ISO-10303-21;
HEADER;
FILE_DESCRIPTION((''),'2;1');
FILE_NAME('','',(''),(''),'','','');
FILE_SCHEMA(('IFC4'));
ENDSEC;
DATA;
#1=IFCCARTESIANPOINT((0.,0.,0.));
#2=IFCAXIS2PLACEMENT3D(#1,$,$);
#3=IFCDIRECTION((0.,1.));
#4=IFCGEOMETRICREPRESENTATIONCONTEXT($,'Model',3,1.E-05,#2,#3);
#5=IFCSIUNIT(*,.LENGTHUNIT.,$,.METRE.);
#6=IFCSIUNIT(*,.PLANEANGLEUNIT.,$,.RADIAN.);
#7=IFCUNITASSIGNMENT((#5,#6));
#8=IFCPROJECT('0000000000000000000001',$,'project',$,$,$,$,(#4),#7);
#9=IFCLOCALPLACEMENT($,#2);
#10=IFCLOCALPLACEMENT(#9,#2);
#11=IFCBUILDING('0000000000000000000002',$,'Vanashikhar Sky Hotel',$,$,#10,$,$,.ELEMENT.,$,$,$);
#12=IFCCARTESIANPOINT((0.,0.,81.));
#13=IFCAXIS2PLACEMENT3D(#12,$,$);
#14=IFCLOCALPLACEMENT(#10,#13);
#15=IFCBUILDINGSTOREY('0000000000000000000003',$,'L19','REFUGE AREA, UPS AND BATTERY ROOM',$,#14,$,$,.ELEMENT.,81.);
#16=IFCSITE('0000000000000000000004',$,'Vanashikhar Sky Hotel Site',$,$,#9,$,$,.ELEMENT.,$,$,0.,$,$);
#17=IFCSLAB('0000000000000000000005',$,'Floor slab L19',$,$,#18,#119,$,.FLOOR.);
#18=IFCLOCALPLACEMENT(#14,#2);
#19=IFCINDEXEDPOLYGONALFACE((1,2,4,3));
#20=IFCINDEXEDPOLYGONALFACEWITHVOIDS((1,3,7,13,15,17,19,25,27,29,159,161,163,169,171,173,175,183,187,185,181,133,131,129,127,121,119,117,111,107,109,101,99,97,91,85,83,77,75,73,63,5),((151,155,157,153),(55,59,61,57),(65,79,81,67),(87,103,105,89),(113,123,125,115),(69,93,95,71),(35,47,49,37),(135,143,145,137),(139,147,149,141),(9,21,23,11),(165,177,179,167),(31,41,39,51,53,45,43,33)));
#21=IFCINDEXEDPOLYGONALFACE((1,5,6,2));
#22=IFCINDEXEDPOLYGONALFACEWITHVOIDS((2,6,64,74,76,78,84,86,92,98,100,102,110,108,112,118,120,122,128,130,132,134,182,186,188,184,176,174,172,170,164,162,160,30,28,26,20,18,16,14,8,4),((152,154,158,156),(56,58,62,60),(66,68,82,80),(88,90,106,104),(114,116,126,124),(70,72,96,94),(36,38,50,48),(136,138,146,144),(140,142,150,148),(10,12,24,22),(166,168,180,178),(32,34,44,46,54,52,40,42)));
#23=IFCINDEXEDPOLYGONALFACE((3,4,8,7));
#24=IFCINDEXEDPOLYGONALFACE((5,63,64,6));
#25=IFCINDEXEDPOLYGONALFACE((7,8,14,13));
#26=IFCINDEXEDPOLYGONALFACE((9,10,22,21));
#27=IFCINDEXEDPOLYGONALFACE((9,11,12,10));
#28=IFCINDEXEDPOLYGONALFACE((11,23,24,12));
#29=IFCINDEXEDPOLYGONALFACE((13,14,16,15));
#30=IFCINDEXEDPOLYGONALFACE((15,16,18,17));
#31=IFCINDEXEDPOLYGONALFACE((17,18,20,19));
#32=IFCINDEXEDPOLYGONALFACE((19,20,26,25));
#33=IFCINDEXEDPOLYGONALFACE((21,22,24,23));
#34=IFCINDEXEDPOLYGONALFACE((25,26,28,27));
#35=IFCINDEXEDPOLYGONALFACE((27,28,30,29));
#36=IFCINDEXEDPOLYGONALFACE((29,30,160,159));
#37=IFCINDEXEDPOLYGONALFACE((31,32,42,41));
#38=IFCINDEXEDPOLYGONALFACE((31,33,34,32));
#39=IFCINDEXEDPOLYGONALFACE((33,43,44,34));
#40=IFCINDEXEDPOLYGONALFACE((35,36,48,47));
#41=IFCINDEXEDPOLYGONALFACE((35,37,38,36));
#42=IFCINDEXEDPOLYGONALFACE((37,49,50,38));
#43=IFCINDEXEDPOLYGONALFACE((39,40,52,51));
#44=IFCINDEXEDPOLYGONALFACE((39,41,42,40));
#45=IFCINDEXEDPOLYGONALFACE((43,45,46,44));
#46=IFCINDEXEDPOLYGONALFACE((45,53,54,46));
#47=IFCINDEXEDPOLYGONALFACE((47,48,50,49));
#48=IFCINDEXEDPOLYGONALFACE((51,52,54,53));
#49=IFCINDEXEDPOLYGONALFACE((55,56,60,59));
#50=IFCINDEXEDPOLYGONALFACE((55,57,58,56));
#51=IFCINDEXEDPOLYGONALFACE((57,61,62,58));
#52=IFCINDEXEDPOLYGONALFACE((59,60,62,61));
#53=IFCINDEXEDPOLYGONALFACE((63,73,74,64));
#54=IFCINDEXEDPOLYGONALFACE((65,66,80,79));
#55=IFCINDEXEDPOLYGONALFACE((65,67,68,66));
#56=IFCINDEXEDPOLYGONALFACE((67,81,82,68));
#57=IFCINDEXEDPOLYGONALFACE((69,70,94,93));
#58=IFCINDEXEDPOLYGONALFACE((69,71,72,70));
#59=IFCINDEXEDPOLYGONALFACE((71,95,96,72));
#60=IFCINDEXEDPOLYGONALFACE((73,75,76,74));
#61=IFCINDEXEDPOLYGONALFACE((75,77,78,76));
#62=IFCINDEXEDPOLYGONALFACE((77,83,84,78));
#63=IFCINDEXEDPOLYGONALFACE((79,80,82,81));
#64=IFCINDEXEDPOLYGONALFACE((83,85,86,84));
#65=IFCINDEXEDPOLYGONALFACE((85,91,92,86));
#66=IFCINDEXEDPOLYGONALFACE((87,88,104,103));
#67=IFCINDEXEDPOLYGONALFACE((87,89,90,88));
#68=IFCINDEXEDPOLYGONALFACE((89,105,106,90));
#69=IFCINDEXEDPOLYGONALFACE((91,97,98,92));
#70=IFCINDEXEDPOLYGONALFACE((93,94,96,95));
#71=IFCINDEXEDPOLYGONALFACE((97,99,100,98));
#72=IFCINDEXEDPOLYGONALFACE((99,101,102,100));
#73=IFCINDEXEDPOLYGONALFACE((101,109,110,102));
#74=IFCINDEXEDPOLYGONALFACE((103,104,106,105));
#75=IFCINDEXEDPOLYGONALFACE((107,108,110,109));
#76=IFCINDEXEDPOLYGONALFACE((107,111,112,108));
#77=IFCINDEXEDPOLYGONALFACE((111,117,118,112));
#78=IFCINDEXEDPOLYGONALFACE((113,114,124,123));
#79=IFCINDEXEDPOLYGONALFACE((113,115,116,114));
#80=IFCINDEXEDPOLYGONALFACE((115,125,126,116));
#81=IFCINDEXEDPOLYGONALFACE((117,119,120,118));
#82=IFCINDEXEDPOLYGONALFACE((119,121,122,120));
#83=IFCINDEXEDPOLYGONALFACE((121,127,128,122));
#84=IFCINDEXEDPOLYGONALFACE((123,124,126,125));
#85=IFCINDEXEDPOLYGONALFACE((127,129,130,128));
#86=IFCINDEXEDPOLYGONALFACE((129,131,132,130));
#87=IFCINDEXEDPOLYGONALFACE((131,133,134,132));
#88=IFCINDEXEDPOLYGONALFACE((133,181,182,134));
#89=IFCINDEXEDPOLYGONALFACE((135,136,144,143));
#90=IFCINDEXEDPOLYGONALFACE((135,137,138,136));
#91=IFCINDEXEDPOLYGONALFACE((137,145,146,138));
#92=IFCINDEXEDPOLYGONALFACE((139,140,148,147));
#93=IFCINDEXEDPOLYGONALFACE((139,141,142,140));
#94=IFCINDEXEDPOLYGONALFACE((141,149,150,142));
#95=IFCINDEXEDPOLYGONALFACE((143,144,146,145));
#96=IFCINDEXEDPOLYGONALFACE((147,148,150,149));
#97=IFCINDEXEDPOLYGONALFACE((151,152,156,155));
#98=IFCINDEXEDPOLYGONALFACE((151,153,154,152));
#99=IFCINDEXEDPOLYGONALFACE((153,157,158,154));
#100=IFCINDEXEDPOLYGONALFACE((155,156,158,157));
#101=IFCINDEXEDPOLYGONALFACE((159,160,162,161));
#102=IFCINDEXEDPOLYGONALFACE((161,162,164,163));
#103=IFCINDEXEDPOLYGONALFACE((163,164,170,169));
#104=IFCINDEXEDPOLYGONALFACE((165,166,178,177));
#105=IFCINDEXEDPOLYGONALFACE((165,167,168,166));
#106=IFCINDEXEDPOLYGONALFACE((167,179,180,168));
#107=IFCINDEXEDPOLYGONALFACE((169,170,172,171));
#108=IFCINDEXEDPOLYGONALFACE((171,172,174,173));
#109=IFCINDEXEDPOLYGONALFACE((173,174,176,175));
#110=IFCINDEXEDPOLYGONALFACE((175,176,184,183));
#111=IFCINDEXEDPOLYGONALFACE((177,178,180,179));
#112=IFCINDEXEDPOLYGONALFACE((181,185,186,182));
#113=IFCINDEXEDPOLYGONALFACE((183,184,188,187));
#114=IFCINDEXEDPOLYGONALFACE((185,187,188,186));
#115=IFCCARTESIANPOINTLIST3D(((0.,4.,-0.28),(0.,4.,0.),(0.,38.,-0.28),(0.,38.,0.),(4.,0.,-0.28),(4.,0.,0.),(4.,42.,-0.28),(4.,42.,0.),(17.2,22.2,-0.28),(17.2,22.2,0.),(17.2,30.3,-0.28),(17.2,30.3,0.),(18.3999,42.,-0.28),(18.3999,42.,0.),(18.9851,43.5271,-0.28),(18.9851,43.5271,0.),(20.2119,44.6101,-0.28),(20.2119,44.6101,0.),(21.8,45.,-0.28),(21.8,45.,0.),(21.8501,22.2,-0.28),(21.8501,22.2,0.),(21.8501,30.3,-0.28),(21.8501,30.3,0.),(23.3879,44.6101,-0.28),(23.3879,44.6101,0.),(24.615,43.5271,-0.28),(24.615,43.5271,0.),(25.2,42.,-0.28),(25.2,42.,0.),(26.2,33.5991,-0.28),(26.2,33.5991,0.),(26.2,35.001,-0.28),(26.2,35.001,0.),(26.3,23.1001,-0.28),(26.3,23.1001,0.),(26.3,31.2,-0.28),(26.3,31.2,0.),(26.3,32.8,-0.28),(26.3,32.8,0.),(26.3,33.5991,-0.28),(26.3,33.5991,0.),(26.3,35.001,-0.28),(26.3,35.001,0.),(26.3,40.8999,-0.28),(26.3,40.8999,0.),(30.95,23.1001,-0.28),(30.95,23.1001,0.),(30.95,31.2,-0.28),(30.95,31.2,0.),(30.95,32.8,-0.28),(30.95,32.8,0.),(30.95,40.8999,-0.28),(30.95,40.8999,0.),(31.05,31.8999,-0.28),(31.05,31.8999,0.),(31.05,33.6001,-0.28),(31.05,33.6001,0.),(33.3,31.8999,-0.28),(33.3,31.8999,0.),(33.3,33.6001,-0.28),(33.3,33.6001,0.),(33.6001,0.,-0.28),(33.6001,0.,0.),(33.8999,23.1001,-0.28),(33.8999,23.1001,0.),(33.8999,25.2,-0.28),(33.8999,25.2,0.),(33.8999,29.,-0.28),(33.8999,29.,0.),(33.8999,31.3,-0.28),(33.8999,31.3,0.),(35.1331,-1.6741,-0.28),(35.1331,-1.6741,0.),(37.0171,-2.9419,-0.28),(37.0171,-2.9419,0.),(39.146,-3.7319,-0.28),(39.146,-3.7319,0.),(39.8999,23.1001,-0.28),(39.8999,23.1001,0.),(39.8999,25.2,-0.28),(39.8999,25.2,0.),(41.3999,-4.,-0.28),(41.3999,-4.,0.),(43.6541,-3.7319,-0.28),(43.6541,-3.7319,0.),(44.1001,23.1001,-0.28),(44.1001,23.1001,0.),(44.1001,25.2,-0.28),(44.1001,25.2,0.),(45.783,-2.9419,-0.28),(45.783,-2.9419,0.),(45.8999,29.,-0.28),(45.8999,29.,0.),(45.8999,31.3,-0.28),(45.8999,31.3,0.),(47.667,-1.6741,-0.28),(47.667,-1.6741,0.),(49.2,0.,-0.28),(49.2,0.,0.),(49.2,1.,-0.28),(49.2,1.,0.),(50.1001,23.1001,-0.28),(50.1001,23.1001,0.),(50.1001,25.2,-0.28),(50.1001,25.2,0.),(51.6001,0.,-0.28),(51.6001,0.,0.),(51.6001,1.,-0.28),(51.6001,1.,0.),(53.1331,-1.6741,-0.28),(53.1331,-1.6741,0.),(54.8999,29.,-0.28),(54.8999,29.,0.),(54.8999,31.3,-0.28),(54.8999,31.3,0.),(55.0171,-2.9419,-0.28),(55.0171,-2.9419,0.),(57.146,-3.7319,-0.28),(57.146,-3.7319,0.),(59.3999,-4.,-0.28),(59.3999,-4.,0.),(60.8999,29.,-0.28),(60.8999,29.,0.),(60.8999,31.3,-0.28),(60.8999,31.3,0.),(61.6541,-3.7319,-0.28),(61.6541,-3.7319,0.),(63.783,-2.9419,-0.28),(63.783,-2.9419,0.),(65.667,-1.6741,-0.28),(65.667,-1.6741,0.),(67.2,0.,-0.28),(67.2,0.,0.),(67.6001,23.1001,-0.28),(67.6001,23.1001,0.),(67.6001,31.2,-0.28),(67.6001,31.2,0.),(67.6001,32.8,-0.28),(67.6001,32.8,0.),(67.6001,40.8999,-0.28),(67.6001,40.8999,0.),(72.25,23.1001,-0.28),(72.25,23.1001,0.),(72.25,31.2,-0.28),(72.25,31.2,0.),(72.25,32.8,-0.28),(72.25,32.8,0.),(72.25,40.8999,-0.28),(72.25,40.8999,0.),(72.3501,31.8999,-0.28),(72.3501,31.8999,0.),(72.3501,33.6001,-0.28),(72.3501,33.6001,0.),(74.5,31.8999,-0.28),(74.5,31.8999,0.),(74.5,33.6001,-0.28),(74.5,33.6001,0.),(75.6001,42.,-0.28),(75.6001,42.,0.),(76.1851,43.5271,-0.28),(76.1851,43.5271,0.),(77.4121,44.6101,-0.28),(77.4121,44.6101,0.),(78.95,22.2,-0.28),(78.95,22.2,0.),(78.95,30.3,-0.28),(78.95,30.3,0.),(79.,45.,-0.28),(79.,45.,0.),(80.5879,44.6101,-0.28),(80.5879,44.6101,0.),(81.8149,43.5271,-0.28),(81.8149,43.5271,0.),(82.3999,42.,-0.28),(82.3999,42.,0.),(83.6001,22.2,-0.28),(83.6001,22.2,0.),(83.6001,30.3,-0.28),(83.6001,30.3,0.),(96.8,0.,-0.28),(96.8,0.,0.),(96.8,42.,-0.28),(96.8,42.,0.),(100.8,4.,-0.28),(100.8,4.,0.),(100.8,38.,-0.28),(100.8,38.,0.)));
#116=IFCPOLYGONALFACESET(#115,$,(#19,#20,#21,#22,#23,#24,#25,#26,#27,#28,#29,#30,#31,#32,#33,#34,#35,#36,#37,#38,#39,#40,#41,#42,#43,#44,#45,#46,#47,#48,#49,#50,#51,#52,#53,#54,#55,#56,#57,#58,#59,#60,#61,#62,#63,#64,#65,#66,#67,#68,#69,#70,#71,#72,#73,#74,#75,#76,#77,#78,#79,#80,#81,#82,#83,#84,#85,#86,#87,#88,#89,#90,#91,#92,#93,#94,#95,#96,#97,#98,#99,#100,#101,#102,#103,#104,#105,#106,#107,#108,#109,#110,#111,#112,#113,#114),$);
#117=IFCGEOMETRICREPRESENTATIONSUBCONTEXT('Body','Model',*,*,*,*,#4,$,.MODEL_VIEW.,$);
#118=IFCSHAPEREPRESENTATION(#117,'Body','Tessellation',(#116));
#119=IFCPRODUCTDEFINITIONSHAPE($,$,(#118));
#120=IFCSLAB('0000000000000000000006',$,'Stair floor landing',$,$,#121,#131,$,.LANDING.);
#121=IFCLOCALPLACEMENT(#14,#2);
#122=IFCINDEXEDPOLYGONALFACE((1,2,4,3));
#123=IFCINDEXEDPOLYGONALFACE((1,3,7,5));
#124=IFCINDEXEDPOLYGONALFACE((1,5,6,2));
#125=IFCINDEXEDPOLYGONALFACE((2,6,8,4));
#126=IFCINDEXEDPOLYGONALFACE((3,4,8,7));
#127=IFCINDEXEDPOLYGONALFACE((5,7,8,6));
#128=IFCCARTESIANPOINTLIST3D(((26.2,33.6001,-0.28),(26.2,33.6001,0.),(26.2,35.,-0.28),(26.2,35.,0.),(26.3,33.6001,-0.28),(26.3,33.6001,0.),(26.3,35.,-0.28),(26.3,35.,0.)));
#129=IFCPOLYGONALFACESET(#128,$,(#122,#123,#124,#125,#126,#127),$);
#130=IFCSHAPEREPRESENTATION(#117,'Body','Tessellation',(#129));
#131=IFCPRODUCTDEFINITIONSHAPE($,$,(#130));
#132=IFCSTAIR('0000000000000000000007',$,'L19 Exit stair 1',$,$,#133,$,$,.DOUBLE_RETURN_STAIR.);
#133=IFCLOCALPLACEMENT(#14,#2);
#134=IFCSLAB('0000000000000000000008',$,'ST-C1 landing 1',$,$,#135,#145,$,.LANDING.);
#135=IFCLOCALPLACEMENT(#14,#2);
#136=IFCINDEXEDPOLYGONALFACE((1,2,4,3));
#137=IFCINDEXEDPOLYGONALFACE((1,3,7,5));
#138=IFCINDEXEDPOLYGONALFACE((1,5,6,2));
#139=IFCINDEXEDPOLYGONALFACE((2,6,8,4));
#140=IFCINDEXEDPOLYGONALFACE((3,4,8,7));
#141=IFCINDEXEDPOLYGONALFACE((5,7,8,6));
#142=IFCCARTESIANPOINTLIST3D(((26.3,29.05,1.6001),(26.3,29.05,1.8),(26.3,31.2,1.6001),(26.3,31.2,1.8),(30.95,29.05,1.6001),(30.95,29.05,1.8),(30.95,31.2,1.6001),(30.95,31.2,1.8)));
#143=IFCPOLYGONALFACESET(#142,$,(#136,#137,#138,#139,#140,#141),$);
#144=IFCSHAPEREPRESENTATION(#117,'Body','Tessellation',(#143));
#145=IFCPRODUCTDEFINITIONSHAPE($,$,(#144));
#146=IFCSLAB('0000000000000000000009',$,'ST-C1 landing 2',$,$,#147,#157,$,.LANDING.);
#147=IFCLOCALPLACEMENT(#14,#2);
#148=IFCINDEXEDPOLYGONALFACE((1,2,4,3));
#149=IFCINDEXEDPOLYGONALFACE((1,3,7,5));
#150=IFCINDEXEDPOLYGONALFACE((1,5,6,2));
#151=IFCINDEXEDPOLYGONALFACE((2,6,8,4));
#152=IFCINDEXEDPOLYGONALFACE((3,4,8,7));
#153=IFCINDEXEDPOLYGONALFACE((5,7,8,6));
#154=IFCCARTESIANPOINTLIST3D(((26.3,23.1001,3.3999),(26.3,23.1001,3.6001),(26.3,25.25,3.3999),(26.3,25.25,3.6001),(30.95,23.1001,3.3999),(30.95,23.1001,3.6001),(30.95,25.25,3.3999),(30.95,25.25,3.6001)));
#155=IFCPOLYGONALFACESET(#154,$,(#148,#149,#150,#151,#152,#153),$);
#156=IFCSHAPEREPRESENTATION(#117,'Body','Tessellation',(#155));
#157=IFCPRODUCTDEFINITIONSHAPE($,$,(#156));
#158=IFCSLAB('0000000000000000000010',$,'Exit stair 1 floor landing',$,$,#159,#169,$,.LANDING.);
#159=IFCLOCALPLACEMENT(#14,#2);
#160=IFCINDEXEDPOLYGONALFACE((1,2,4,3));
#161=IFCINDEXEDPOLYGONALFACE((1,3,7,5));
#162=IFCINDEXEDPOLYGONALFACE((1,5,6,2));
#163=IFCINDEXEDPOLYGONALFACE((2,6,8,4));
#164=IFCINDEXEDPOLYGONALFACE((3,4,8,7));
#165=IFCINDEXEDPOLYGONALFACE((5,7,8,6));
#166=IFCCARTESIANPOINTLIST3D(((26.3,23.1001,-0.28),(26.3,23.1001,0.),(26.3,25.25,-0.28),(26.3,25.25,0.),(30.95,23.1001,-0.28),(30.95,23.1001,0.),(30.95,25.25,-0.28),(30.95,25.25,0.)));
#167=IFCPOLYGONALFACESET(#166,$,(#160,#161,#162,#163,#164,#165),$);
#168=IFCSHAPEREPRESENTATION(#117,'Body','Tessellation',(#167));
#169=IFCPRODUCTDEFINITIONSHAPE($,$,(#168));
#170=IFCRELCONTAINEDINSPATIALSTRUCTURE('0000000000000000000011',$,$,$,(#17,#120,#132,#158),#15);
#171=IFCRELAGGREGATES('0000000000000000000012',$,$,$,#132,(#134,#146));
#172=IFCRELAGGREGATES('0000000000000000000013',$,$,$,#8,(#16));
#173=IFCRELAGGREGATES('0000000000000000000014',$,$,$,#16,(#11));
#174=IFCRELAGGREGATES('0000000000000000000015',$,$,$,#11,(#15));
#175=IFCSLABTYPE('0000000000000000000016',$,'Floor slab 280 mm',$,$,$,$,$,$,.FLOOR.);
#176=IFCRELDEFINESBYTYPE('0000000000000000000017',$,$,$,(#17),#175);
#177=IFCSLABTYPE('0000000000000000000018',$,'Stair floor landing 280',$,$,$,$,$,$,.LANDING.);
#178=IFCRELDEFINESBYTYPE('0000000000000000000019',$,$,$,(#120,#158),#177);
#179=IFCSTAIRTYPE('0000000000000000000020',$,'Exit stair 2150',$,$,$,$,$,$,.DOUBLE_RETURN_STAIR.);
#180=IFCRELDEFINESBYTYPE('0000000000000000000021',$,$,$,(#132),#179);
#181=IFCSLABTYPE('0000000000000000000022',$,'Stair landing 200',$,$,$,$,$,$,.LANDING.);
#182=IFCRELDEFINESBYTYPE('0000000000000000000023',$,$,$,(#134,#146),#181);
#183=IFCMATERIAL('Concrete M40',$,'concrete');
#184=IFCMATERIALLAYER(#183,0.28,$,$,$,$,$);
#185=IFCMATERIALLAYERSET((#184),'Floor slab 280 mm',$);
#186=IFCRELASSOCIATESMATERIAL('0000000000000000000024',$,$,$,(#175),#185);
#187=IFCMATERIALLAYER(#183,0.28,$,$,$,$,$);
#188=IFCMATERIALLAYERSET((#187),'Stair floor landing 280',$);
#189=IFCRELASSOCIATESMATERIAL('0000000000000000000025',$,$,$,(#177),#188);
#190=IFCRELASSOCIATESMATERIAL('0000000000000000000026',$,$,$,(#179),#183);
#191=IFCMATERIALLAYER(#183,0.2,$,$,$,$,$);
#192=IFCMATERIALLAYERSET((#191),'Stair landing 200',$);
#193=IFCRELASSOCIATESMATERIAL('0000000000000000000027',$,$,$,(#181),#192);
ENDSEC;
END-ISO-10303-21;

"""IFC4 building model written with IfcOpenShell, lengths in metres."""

from ifc_helpers import new_model, si_unit, direction, frame, origin, place, context, subcontext, project, spatial, polyline, outline, extrude, source, transform, mapped, material, layer, layer_set, type_object, element, aggregate, save


model = new_model("IFC4")

# Units and contexts
model_context = context("Model", 3, precision=1e-05, world=origin(), true_north=direction((0.0, 1.0)))
body_context = subcontext(model_context, "Body", "Model", "MODEL_VIEW")
ifc_project = project(units=[si_unit("LENGTHUNIT", "METRE"), si_unit("PLANEANGLEUNIT", "RADIAN")], contexts=[model_context])

# Site, building, storey
site_placement = place(None, origin())
site = spatial("IfcSite", under=ifc_project, at=site_placement, Name="Vanashikhar Sky Hotel Site", CompositionType="ELEMENT", RefElevation=0.0)
building_placement = place(site_placement, origin())
building = spatial("IfcBuilding", under=site, at=building_placement, Name="Vanashikhar Sky Hotel", CompositionType="ELEMENT")
storey_placement = place(building_placement, frame((0.0, 0.0, 81.0)))
storey = spatial("IfcBuildingStorey", under=building, at=storey_placement, Name="L19", Description="REFUGE AREA, UPS AND BATTERY ROOM", CompositionType="ELEMENT", Elevation=81.0)

# Slabs
ifc_material_1 = material(Name="Concrete M40", Category="concrete")
ifc_layer_1 = layer(ifc_material_1, 0.28)
ifc_layer_set_1 = layer_set([ifc_layer_1], Name="Floor slab 280 mm")
slab_type_1 = type_object("IfcSlabType", Name="Floor slab 280 mm", PredefinedType="FLOOR", material=ifc_layer_set_1)
shared_shape_1 = source(origin(), body_context, "Body", "SweptSolid", [
    extrude(outline(polyline([(49.2, 0.0), (49.2, 1.0), (51.6001, 1.0), (51.6001, 0.0), (53.1331, -1.6741), (55.0171, -2.9419), (57.146, -3.7319), (59.3999, -4.0), (61.6541, -3.7319), (63.783, -2.9419), (65.667, -1.6741), (67.2, 0.0), (96.8, 0.0), (100.8, 4.0), (100.8, 38.0), (96.8, 42.0), (82.3999, 42.0), (81.8149, 43.5271), (80.5879, 44.6101), (79.0, 45.0), (77.4121, 44.6101), (76.1851, 43.5271), (75.6001, 42.0), (25.2, 42.0), (24.615, 43.5271), (23.3879, 44.6101), (21.8, 45.0), (20.2119, 44.6101), (18.9851, 43.5271), (18.3999, 42.0), (4.0, 42.0), (0.0, 38.0), (0.0, 4.0), (4.0, 0.0), (33.6001, 0.0), (35.1331, -1.6741), (37.0171, -2.9419), (39.146, -3.7319), (41.3999, -4.0), (43.6541, -3.7319), (45.783, -2.9419), (47.667, -1.6741), (49.2, 0.0)]), holes=[polyline([(33.3, 33.6001), (31.05, 33.6001), (31.05, 31.8999), (33.3, 31.8999), (33.3, 33.6001)]), polyline([(33.8999, 25.2), (33.8999, 23.1001), (39.8999, 23.1001), (39.8999, 25.2), (33.8999, 25.2)]), polyline([(33.8999, 31.3), (33.8999, 29.0), (45.8999, 29.0), (45.8999, 31.3), (33.8999, 31.3)]), polyline([(44.1001, 25.2), (44.1001, 23.1001), (50.1001, 23.1001), (50.1001, 25.2), (44.1001, 25.2)]), polyline([(54.8999, 31.3), (54.8999, 29.0), (60.8999, 29.0), (60.8999, 31.3), (54.8999, 31.3)]), polyline([(74.5, 33.6001), (72.3501, 33.6001), (72.3501, 31.8999), (74.5, 31.8999), (74.5, 33.6001)]), polyline([(30.95, 23.1001), (30.95, 31.2), (26.3, 31.2), (26.3, 23.1001), (30.95, 23.1001)]), polyline([(72.25, 23.1001), (72.25, 31.2), (67.6001, 31.2), (67.6001, 23.1001), (72.25, 23.1001)]), polyline([(26.3, 35.001), (26.2, 35.001), (26.2, 33.5991), (26.3, 33.5991), (26.3, 32.8), (30.95, 32.8), (30.95, 40.8999), (26.3, 40.8999), (26.3, 35.001)]), polyline([(72.25, 32.8), (72.25, 40.8999), (67.6001, 40.8999), (67.6001, 32.8), (72.25, 32.8)]), polyline([(83.6001, 22.2), (83.6001, 30.3), (78.95, 30.3), (78.95, 22.2), (83.6001, 22.2)]), polyline([(21.8501, 22.2), (21.8501, 30.3), (17.2, 30.3), (17.2, 22.2), (21.8501, 22.2)])]), origin(), (0.0, 0.0, 1.0), 0.28),
])
slab_1_placement = place(storey_placement, frame((0.0, 0.0, -0.28)))
element("IfcSlab", 1, at=slab_1_placement, inside=storey, type_object=slab_type_1, Name="Floor slab L19", PredefinedType="FLOOR", context=body_context, shape_type="MappedRepresentation", body=[
    mapped(shared_shape_1, transform((0.0, 0.0, 0.0), scale=1.0)),
])
ifc_layer_2 = layer(ifc_material_1, 0.28)
ifc_layer_set_2 = layer_set([ifc_layer_2], Name="Stair floor landing 280")
slab_type_2 = type_object("IfcSlabType", Name="Stair floor landing 280", PredefinedType="LANDING", material=ifc_layer_set_2)
shared_shape_2 = source(origin(), body_context, "Body", "SweptSolid", [
    extrude(outline(polyline([(26.2, 33.6001), (26.3, 33.6001), (26.3, 35.0), (26.2, 35.0), (26.2, 33.6001)])), origin(), (0.0, 0.0, 1.0), 0.28),
])
slab_2_placement = place(storey_placement, frame((0.0, 0.0, -0.28)))
element("IfcSlab", 2, at=slab_2_placement, inside=storey, type_object=slab_type_2, Name="Stair floor landing", PredefinedType="LANDING", context=body_context, shape_type="MappedRepresentation", body=[
    mapped(shared_shape_2, transform((0.0, 0.0, 0.0), scale=1.0)),
])

# Stair, slabs
stair_type = type_object("IfcStairType", Name="Exit stair 2150", PredefinedType="DOUBLE_RETURN_STAIR", material=ifc_material_1)
stair_1_placement = place(storey_placement, origin())
stair_1 = element("IfcStair", 3, at=stair_1_placement, inside=storey, type_object=stair_type, Name="L19 Exit stair 1", PredefinedType="DOUBLE_RETURN_STAIR")
ifc_layer_3 = layer(ifc_material_1, 0.2)
ifc_layer_set_3 = layer_set([ifc_layer_3], Name="Stair landing 200")
slab_type_3 = type_object("IfcSlabType", Name="Stair landing 200", PredefinedType="LANDING", material=ifc_layer_set_3)
shared_shape_3 = source(origin(), body_context, "Body", "SweptSolid", [
    extrude(outline(polyline([(30.95, 29.05), (30.95, 31.2), (26.3, 31.2), (26.3, 29.05), (30.95, 29.05)])), origin(), (0.0, 0.0, 1.0), 0.2),
])
slab_3_placement = place(storey_placement, frame((0.0, 0.0, 1.6001)))
slab_3 = element("IfcSlab", 4, at=slab_3_placement, type_object=slab_type_3, Name="ST-C1 landing 1", PredefinedType="LANDING", context=body_context, shape_type="MappedRepresentation", body=[
    mapped(shared_shape_3, transform((0.0, 0.0, 0.0), scale=1.0)),
])
shared_shape_4 = source(origin(), body_context, "Body", "SweptSolid", [
    extrude(outline(polyline([(30.95, 23.1001), (30.95, 25.25), (26.3, 25.25), (26.3, 23.1001), (30.95, 23.1001)])), origin(), (0.0, 0.0, 1.0), 0.2002),
])
slab_4_placement = place(storey_placement, frame((0.0, 0.0, 3.3999)))
slab_4 = element("IfcSlab", 5, at=slab_4_placement, type_object=slab_type_3, Name="ST-C1 landing 2", PredefinedType="LANDING", context=body_context, shape_type="MappedRepresentation", body=[
    mapped(shared_shape_4, transform((0.0, 0.0, 0.0), scale=1.0)),
])
aggregate(stair_1, [slab_3, slab_4])

# Slab
shared_shape_5 = source(origin(), body_context, "Body", "SweptSolid", [
    extrude(outline(polyline([(30.95, 23.1001), (30.95, 25.25), (26.3, 25.25), (26.3, 23.1001), (30.95, 23.1001)])), origin(), (0.0, 0.0, 1.0), 0.28),
])
slab_5_placement = place(storey_placement, frame((0.0, 0.0, -0.28)))
element("IfcSlab", 6, at=slab_5_placement, inside=storey, type_object=slab_type_2, Name="Exit stair 1 floor landing", PredefinedType="LANDING", context=body_context, shape_type="MappedRepresentation", body=[
    mapped(shared_shape_5, transform((0.0, 0.0, 0.0), scale=1.0)),
])

save(model, "model.ifc")
